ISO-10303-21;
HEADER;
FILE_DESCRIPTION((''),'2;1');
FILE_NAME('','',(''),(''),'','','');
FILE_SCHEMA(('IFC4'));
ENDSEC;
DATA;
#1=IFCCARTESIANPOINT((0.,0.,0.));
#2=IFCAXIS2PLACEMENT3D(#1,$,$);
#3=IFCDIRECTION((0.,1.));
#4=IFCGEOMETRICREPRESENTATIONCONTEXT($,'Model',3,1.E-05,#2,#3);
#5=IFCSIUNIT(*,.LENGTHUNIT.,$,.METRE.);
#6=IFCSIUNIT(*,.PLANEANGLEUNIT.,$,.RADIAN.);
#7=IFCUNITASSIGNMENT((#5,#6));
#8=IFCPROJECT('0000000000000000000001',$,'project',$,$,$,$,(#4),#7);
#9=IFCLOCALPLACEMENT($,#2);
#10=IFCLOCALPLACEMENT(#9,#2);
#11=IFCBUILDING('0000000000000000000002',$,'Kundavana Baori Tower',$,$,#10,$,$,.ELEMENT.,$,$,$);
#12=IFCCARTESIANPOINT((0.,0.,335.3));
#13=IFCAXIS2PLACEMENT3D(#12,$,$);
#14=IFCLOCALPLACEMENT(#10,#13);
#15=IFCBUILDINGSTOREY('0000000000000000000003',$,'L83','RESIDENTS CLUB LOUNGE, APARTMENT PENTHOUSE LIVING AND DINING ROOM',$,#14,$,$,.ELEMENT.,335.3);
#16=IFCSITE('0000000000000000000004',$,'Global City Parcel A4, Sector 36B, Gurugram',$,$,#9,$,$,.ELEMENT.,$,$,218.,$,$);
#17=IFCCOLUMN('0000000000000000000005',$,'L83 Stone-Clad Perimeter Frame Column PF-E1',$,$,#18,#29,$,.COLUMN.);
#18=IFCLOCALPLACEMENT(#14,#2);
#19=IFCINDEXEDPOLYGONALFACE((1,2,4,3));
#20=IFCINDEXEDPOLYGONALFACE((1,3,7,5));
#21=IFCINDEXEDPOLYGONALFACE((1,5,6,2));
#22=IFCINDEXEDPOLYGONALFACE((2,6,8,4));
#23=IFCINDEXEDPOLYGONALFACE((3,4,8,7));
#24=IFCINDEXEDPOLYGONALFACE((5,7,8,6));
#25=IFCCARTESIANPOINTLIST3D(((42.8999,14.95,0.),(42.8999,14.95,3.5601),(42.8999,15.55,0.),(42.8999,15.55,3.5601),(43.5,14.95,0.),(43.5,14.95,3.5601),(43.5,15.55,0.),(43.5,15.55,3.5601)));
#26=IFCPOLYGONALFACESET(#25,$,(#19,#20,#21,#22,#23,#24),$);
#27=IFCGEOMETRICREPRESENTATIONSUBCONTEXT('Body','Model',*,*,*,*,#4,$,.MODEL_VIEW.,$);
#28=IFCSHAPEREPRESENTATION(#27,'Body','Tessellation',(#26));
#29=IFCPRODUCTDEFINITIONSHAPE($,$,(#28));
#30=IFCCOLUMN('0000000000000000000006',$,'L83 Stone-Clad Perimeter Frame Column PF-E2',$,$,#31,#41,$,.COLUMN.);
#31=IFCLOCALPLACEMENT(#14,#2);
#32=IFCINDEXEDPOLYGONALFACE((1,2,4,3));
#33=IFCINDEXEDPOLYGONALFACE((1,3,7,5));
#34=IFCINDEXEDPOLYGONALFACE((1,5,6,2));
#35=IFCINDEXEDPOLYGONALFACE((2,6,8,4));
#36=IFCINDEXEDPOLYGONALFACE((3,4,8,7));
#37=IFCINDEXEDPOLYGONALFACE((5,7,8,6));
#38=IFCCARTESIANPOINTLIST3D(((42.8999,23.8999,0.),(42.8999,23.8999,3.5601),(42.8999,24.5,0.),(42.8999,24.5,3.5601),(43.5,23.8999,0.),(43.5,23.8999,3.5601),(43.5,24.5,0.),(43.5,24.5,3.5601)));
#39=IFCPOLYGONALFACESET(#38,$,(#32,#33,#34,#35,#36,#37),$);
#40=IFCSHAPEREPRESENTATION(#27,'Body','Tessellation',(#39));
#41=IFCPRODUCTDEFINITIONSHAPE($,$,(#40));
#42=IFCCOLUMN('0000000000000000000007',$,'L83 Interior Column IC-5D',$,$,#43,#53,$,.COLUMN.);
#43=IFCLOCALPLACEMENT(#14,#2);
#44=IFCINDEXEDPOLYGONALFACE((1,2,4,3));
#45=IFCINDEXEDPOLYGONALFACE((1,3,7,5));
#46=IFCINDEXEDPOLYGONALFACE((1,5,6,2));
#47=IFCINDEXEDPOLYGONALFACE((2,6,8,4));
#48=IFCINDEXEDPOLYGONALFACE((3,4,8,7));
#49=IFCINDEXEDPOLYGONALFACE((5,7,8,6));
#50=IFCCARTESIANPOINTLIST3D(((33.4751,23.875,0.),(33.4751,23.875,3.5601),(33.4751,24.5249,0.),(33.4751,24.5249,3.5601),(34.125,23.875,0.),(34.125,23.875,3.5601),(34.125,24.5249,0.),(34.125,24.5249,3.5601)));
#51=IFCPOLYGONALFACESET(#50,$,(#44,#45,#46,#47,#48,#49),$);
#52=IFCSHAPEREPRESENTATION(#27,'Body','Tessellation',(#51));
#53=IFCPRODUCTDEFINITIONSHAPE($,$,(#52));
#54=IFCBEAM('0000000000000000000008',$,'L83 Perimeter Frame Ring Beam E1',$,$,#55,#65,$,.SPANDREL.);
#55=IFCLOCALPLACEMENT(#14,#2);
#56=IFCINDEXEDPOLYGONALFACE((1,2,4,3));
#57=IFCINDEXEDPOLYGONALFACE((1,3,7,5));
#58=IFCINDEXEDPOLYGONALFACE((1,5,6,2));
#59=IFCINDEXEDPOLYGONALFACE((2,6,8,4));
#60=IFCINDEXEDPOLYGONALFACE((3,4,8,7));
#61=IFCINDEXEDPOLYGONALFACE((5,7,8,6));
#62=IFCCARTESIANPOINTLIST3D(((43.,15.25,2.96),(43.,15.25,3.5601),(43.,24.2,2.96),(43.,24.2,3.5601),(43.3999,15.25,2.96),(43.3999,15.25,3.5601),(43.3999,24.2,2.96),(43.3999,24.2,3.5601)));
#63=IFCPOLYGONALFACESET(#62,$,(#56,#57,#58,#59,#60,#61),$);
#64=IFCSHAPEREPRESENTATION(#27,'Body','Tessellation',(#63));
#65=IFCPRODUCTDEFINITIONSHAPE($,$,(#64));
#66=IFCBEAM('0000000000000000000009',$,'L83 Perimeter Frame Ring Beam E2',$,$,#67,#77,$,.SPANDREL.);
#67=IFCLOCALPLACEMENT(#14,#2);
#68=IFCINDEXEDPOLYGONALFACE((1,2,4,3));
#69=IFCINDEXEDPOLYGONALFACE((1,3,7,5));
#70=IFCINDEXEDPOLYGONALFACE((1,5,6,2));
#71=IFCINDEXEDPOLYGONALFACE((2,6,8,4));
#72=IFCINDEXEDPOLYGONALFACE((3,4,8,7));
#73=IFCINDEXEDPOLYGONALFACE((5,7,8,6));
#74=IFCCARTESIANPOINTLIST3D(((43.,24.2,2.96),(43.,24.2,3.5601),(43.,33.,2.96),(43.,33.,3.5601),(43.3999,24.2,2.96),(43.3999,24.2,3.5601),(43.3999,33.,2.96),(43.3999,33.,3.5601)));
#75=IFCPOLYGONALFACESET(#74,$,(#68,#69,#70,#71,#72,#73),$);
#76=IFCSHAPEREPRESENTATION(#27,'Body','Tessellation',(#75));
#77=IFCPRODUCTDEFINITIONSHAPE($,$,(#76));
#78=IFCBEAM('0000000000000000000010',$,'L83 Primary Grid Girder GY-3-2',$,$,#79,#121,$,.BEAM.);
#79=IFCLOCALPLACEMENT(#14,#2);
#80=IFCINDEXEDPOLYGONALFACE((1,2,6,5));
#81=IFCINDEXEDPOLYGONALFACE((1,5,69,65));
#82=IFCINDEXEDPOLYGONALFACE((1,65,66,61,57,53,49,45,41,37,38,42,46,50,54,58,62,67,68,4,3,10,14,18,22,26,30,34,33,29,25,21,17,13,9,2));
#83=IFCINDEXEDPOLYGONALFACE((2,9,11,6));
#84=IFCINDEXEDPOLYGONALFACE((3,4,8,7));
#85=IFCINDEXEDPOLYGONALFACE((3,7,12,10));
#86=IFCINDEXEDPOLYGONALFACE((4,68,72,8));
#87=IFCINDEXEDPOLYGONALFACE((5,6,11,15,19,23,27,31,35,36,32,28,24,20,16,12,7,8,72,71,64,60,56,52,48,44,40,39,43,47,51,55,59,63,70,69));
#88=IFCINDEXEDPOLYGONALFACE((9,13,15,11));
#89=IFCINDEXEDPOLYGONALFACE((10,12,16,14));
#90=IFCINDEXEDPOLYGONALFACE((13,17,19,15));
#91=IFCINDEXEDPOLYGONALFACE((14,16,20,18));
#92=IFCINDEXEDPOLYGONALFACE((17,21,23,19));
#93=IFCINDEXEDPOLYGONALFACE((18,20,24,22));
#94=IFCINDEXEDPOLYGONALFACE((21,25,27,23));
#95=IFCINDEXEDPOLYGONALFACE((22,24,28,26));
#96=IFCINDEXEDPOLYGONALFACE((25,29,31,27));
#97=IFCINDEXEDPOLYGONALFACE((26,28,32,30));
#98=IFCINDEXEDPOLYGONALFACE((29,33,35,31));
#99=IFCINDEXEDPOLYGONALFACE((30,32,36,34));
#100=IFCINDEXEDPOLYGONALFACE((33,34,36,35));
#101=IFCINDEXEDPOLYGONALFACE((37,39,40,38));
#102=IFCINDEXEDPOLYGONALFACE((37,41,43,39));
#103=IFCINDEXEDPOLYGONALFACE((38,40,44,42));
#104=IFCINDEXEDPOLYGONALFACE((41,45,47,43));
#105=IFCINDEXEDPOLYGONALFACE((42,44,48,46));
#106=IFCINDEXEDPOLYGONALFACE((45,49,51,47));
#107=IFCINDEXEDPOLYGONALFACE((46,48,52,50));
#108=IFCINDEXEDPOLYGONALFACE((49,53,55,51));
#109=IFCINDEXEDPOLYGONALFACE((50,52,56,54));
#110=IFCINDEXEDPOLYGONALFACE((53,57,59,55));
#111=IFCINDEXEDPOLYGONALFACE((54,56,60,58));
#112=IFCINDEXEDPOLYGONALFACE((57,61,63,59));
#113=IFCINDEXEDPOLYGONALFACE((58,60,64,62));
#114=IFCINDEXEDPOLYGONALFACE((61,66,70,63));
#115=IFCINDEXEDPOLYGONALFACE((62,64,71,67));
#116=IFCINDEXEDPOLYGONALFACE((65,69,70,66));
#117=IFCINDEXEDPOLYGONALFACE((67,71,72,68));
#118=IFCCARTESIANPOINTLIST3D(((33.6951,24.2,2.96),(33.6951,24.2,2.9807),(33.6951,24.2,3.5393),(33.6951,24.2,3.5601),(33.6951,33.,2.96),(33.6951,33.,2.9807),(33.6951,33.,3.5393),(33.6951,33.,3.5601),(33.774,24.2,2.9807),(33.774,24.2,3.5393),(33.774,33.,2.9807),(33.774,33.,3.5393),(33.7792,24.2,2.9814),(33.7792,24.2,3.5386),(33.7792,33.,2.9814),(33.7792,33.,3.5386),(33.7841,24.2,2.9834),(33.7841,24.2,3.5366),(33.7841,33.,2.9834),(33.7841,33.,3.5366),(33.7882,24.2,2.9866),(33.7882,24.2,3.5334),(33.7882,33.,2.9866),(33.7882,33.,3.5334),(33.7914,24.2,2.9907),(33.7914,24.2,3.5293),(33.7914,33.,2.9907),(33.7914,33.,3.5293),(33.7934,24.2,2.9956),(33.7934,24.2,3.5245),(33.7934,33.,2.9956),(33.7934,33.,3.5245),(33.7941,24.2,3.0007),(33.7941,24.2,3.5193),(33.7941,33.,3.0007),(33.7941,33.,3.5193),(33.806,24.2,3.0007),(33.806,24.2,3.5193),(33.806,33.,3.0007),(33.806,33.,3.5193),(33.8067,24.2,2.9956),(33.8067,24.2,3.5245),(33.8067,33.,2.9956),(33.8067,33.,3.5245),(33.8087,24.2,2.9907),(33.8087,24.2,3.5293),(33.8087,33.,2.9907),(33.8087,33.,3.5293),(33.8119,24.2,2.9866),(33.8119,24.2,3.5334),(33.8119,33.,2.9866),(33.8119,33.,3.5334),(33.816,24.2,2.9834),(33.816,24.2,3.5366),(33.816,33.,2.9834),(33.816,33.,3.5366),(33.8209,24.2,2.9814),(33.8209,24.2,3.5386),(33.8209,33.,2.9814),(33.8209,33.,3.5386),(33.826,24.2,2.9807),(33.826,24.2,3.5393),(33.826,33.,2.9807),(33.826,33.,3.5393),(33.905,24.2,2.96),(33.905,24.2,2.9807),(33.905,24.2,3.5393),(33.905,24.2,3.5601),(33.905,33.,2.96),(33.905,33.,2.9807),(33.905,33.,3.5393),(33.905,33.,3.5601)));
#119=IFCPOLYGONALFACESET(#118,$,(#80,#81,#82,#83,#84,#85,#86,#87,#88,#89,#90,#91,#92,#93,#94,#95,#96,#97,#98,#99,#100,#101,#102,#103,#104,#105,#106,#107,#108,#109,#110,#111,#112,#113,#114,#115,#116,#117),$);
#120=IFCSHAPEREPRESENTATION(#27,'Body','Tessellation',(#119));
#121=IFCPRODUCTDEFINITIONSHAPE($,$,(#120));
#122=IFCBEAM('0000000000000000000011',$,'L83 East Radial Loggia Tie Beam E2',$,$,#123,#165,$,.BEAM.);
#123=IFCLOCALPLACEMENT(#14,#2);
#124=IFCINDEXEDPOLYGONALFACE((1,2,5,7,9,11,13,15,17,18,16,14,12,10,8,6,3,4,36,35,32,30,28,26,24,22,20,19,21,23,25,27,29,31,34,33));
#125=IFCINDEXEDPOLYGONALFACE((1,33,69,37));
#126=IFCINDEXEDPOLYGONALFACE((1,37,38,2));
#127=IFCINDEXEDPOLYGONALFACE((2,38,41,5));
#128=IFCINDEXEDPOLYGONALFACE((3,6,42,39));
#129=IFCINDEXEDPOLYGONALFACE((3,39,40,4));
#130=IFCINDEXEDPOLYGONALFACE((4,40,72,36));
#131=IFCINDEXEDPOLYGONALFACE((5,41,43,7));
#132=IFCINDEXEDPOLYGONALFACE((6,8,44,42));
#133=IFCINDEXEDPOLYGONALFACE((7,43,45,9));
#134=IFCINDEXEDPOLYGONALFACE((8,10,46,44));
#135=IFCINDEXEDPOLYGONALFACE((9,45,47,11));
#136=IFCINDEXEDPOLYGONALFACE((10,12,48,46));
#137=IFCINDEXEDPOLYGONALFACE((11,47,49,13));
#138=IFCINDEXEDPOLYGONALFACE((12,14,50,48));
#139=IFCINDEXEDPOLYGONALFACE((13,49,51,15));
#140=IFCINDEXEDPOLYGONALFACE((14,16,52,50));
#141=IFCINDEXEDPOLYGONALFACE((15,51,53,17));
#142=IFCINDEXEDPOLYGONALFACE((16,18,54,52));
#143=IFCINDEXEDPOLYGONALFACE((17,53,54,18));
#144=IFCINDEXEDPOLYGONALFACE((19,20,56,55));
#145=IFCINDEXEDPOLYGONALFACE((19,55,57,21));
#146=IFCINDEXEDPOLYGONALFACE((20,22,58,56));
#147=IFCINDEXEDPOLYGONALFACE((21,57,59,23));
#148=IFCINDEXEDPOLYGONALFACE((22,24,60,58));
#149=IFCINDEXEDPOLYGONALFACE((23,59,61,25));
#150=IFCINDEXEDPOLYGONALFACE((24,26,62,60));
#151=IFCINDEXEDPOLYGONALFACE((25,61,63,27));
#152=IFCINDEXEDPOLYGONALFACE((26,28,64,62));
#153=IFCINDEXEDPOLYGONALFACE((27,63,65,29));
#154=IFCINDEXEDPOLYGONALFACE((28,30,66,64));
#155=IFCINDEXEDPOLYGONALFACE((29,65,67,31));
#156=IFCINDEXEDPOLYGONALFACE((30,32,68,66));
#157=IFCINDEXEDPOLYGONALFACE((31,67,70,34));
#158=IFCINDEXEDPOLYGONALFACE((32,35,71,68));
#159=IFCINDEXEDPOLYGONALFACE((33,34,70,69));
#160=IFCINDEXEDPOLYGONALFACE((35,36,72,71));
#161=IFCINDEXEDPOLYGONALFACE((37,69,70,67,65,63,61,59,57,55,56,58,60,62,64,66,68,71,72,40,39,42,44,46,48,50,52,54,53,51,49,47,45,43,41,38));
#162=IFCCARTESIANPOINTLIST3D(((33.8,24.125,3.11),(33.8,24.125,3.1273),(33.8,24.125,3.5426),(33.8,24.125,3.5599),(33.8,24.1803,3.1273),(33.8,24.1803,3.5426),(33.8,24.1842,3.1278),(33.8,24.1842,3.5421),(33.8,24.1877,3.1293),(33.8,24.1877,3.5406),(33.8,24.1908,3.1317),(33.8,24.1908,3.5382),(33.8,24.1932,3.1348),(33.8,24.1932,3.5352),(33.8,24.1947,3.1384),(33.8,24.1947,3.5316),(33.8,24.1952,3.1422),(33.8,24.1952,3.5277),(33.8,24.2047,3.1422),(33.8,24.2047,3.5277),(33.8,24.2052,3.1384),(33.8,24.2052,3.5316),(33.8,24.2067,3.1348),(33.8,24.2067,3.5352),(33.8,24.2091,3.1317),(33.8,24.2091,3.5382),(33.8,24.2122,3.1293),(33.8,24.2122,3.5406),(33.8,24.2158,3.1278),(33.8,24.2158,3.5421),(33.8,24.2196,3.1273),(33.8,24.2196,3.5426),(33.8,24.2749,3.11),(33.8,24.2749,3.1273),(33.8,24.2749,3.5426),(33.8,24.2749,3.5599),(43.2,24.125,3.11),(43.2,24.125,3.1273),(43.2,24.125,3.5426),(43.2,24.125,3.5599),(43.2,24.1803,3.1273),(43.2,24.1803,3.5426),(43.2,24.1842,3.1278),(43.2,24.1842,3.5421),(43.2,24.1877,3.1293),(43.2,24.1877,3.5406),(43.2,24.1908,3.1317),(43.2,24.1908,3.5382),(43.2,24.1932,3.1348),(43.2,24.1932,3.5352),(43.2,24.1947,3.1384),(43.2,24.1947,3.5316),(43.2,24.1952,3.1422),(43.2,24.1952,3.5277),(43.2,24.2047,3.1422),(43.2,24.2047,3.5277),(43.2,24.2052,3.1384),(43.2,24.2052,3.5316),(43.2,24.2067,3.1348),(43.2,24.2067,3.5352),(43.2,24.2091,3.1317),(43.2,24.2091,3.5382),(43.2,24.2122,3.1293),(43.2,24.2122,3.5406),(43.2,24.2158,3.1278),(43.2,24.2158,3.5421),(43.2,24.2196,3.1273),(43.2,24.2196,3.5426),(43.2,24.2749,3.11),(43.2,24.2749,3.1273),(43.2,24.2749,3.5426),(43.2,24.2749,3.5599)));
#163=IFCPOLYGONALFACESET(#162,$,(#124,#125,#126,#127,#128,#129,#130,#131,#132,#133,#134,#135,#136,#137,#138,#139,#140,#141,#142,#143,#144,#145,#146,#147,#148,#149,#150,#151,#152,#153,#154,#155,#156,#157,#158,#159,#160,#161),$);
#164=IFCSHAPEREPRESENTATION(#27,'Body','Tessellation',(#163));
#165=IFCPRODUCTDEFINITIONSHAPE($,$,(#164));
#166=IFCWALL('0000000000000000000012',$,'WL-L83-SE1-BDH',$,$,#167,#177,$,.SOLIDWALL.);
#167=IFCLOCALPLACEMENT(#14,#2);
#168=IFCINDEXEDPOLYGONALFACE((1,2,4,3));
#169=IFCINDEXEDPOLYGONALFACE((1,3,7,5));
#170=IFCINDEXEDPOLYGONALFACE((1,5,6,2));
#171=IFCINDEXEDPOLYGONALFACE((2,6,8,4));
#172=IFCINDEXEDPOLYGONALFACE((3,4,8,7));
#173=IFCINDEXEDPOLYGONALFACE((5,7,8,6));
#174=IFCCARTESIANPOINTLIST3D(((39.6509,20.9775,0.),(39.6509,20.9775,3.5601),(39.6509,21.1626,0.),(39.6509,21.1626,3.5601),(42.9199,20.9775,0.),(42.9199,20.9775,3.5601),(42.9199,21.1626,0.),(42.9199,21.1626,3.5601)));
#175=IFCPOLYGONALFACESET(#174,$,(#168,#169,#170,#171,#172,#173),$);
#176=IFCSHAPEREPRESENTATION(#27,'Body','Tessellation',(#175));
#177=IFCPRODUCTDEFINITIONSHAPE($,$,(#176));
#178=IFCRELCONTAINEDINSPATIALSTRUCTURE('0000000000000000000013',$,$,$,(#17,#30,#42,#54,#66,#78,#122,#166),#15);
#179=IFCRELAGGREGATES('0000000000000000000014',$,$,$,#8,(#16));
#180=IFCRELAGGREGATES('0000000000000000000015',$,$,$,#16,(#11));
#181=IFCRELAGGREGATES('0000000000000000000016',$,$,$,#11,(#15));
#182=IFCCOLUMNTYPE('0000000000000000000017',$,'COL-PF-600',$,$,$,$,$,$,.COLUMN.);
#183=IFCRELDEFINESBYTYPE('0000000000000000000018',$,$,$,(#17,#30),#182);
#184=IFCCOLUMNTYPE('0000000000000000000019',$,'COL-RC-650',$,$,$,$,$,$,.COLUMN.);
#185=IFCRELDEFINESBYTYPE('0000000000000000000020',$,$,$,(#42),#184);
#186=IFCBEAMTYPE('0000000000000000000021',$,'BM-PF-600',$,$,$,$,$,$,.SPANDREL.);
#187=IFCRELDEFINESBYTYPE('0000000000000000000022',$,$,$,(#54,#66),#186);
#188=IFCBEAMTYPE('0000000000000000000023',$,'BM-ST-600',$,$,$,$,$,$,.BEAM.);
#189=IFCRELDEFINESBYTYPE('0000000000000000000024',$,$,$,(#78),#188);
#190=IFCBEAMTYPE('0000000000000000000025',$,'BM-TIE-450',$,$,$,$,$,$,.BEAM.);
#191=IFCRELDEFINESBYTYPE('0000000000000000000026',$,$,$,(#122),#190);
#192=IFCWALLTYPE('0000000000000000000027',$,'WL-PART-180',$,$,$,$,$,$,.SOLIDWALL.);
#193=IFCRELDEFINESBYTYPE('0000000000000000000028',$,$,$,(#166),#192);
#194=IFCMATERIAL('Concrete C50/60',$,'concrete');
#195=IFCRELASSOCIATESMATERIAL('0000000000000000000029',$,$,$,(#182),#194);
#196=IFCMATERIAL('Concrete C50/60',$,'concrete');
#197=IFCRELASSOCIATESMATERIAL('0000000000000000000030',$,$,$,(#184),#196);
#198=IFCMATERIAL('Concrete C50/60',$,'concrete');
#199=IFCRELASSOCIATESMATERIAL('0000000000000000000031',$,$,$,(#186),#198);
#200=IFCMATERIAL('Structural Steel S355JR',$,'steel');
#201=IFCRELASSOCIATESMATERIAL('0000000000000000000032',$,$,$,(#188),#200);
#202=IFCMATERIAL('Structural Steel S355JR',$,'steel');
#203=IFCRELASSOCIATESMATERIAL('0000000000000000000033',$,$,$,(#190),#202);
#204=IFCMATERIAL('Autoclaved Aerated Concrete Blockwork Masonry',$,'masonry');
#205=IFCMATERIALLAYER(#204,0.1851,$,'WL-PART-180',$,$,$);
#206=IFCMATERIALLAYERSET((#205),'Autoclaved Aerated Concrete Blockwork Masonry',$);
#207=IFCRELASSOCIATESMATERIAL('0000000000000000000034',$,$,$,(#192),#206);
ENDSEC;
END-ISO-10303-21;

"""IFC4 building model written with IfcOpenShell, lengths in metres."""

from ifc_helpers import new_model, si_unit, direction, frame, frame_2d, origin, origin_2d, place, context, subcontext, project, spatial, rectangle, i_section, extrude, material, layer, layer_set, material_profile, profile_set, type_object, element, save


model = new_model("IFC4")

# Units and contexts
model_context = context("Model", 3, precision=1e-05, world=origin(), true_north=direction((0.0, 1.0)))
body_context = subcontext(model_context, "Body", "Model", "MODEL_VIEW")
ifc_project = project(units=[si_unit("LENGTHUNIT", "METRE"), si_unit("PLANEANGLEUNIT", "RADIAN")], contexts=[model_context])

# Site, building, storey
site_placement = place(None, origin())
site = spatial("IfcSite", under=ifc_project, at=site_placement, Name="Global City Parcel A4, Sector 36B, Gurugram", CompositionType="ELEMENT", RefElevation=218.0)
building_placement = place(site_placement, origin())
building = spatial("IfcBuilding", under=site, at=building_placement, Name="Kundavana Baori Tower", CompositionType="ELEMENT")
storey_placement = place(building_placement, frame((0.0, 0.0, 335.3)))
storey = spatial("IfcBuildingStorey", under=building, at=storey_placement, Name="L83", Description="RESIDENTS CLUB LOUNGE, APARTMENT PENTHOUSE LIVING AND DINING ROOM", CompositionType="ELEMENT", Elevation=335.3)

# Columns
ifc_material_1 = material(Name="Concrete C50/60", Category="concrete")
ifc_material_profile_1 = material_profile(ifc_material_1, rectangle(XDim=0.6001, YDim=0.6001, at=origin_2d()), Name="RC PF 600x600")
ifc_profile_set_1 = profile_set([ifc_material_profile_1], Name="Concrete C50/60")
column_type_1 = type_object("IfcColumnType", Name="COL-PF-600", PredefinedType="COLUMN", material=ifc_profile_set_1)
for number, where, z_axis, x_axis, name in (
    (1, (43.2, 15.25, 0.0), (0.0, 0.0, 1.0), (1.0, 0.0, 0.0), "L83 Stone-Clad Perimeter Frame Column PF-E1"),
    (2, (43.2, 24.2, 0.0), (0.0, 0.0, 1.0), (1.0, 0.0, 0.0), "L83 Stone-Clad Perimeter Frame Column PF-E2"),
):
    element("IfcColumn", number, at=place(storey_placement, frame(where, z_axis=z_axis, x_axis=x_axis)), inside=storey, type_object=column_type_1, Name=name, PredefinedType="COLUMN", context=body_context, shape_type="SweptSolid", body=[
        extrude(rectangle(XDim=0.6001, YDim=0.6001, at=origin_2d()), origin(), (0.0, 0.0, 1.0), 3.5601),
    ])
ifc_material_2 = material(Name="Concrete C50/60", Category="concrete")
ifc_material_profile_2 = material_profile(ifc_material_2, rectangle(XDim=0.6499, YDim=0.6499, at=origin_2d()), Name="RC 650x650")
ifc_profile_set_2 = profile_set([ifc_material_profile_2], Name="Concrete C50/60")
column_type_2 = type_object("IfcColumnType", Name="COL-RC-650", PredefinedType="COLUMN", material=ifc_profile_set_2)
column_placement = place(storey_placement, frame((33.8, 24.2, 0.0), z_axis=(0.0, 0.0, 1.0), x_axis=(1.0, 0.0, 0.0)))
element("IfcColumn", 3, at=column_placement, inside=storey, type_object=column_type_2, Name="L83 Interior Column IC-5D", PredefinedType="COLUMN", context=body_context, shape_type="SweptSolid", body=[
    extrude(rectangle(XDim=0.6499, YDim=0.6499, at=origin_2d()), origin(), (0.0, 0.0, 1.0), 3.5601),
])

# Beams
ifc_material_3 = material(Name="Concrete C50/60", Category="concrete")
ifc_material_profile_3 = material_profile(ifc_material_3, rectangle(XDim=0.3999, YDim=0.6001, at=origin_2d()), Name="RC BM 400x600")
ifc_profile_set_3 = profile_set([ifc_material_profile_3], Name="Concrete C50/60")
beam_type_1 = type_object("IfcBeamType", Name="BM-PF-600", PredefinedType="SPANDREL", material=ifc_profile_set_3)
beam_1_placement = place(storey_placement, frame((43.2, 15.25, 3.26), z_axis=(0.0, 1.0, 0.0), x_axis=(-1.0, 0.0, 0.0)))
element("IfcBeam", 4, at=beam_1_placement, inside=storey, type_object=beam_type_1, Name="L83 Perimeter Frame Ring Beam E1", PredefinedType="SPANDREL", context=body_context, shape_type="SweptSolid", body=[
    extrude(rectangle(XDim=0.3999, YDim=0.6001, at=origin_2d()), origin(), (0.0, 0.0, 1.0), 8.95),
])
beam_2_placement = place(storey_placement, frame((43.2, 24.2, 3.26), z_axis=(0.0, 1.0, 0.0), x_axis=(-1.0, 0.0, 0.0)))
element("IfcBeam", 5, at=beam_2_placement, inside=storey, type_object=beam_type_1, Name="L83 Perimeter Frame Ring Beam E2", PredefinedType="SPANDREL", context=body_context, shape_type="SweptSolid", body=[
    extrude(rectangle(XDim=0.3999, YDim=0.6001, at=origin_2d()), origin(), (0.0, 0.0, 1.0), 8.8),
])
ifc_material_4 = material(Name="Structural Steel S355JR", Category="steel")
ifc_material_profile_4 = material_profile(ifc_material_4, i_section(OverallWidth=0.21, OverallDepth=0.6001, WebThickness=0.012, FlangeThickness=0.0208, FilletRadius=0.02, at=origin_2d()), Name="ISMB 600")
ifc_profile_set_4 = profile_set([ifc_material_profile_4], Name="Structural Steel S355JR")
beam_type_2 = type_object("IfcBeamType", Name="BM-ST-600", PredefinedType="BEAM", material=ifc_profile_set_4)
beam_3_placement = place(storey_placement, frame((33.8, 24.2, 3.26), z_axis=(0.0, 1.0, 0.0), x_axis=(-1.0, 0.0, 0.0)))
element("IfcBeam", 6, at=beam_3_placement, inside=storey, type_object=beam_type_2, Name="L83 Primary Grid Girder GY-3-2", PredefinedType="BEAM", context=body_context, shape_type="SweptSolid", body=[
    extrude(i_section(OverallWidth=0.21, OverallDepth=0.6001, WebThickness=0.012, FlangeThickness=0.0208, FilletRadius=0.02, at=origin_2d()), origin(), (0.0, 0.0, 1.0), 8.8),
])
ifc_material_5 = material(Name="Structural Steel S355JR", Category="steel")
ifc_material_profile_5 = material_profile(ifc_material_5, i_section(OverallWidth=0.1499, OverallDepth=0.45, WebThickness=0.0095, FlangeThickness=0.0173, FilletRadius=0.0149, at=origin_2d()), Name="ISMB 450")
ifc_profile_set_5 = profile_set([ifc_material_profile_5], Name="Structural Steel S355JR")
beam_type_3 = type_object("IfcBeamType", Name="BM-TIE-450", PredefinedType="BEAM", material=ifc_profile_set_5)
beam_4_placement = place(storey_placement, frame((33.8, 24.2, 3.335), z_axis=(1.0, 0.0, 0.0), x_axis=(0.0, 1.0, 0.0)))
element("IfcBeam", 7, at=beam_4_placement, inside=storey, type_object=beam_type_3, Name="L83 East Radial Loggia Tie Beam E2", PredefinedType="BEAM", context=body_context, shape_type="SweptSolid", body=[
    extrude(i_section(OverallWidth=0.1499, OverallDepth=0.45, WebThickness=0.0095, FlangeThickness=0.0173, FilletRadius=0.0149, at=origin_2d()), origin(), (0.0, 0.0, 1.0), 9.3999),
])

# Wall
ifc_material_6 = material(Name="Autoclaved Aerated Concrete Blockwork Masonry", Category="masonry")
ifc_layer_1 = layer(ifc_material_6, 0.1851, Name="WL-PART-180")
ifc_layer_set_1 = layer_set([ifc_layer_1], Name="Autoclaved Aerated Concrete Blockwork Masonry")
wall_type_1 = type_object("IfcWallType", Name="WL-PART-180", PredefinedType="SOLIDWALL", material=ifc_layer_set_1)
wall_1_placement = place(storey_placement, frame((39.6509, 21.0701, 0.0), z_axis=(0.0, 0.0, 1.0), x_axis=(1.0, 0.0, 0.0)))
element("IfcWall", 8, at=wall_1_placement, inside=storey, type_object=wall_type_1, Name="WL-L83-SE1-BDH", PredefinedType="SOLIDWALL", context=body_context, shape_type="SweptSolid", body=[
    extrude(rectangle(XDim=3.269, YDim=0.1851, at=frame_2d((1.6345, 0.0))), origin(), (0.0, 0.0, 1.0), 3.5601),
])

save(model, "model.ifc")
